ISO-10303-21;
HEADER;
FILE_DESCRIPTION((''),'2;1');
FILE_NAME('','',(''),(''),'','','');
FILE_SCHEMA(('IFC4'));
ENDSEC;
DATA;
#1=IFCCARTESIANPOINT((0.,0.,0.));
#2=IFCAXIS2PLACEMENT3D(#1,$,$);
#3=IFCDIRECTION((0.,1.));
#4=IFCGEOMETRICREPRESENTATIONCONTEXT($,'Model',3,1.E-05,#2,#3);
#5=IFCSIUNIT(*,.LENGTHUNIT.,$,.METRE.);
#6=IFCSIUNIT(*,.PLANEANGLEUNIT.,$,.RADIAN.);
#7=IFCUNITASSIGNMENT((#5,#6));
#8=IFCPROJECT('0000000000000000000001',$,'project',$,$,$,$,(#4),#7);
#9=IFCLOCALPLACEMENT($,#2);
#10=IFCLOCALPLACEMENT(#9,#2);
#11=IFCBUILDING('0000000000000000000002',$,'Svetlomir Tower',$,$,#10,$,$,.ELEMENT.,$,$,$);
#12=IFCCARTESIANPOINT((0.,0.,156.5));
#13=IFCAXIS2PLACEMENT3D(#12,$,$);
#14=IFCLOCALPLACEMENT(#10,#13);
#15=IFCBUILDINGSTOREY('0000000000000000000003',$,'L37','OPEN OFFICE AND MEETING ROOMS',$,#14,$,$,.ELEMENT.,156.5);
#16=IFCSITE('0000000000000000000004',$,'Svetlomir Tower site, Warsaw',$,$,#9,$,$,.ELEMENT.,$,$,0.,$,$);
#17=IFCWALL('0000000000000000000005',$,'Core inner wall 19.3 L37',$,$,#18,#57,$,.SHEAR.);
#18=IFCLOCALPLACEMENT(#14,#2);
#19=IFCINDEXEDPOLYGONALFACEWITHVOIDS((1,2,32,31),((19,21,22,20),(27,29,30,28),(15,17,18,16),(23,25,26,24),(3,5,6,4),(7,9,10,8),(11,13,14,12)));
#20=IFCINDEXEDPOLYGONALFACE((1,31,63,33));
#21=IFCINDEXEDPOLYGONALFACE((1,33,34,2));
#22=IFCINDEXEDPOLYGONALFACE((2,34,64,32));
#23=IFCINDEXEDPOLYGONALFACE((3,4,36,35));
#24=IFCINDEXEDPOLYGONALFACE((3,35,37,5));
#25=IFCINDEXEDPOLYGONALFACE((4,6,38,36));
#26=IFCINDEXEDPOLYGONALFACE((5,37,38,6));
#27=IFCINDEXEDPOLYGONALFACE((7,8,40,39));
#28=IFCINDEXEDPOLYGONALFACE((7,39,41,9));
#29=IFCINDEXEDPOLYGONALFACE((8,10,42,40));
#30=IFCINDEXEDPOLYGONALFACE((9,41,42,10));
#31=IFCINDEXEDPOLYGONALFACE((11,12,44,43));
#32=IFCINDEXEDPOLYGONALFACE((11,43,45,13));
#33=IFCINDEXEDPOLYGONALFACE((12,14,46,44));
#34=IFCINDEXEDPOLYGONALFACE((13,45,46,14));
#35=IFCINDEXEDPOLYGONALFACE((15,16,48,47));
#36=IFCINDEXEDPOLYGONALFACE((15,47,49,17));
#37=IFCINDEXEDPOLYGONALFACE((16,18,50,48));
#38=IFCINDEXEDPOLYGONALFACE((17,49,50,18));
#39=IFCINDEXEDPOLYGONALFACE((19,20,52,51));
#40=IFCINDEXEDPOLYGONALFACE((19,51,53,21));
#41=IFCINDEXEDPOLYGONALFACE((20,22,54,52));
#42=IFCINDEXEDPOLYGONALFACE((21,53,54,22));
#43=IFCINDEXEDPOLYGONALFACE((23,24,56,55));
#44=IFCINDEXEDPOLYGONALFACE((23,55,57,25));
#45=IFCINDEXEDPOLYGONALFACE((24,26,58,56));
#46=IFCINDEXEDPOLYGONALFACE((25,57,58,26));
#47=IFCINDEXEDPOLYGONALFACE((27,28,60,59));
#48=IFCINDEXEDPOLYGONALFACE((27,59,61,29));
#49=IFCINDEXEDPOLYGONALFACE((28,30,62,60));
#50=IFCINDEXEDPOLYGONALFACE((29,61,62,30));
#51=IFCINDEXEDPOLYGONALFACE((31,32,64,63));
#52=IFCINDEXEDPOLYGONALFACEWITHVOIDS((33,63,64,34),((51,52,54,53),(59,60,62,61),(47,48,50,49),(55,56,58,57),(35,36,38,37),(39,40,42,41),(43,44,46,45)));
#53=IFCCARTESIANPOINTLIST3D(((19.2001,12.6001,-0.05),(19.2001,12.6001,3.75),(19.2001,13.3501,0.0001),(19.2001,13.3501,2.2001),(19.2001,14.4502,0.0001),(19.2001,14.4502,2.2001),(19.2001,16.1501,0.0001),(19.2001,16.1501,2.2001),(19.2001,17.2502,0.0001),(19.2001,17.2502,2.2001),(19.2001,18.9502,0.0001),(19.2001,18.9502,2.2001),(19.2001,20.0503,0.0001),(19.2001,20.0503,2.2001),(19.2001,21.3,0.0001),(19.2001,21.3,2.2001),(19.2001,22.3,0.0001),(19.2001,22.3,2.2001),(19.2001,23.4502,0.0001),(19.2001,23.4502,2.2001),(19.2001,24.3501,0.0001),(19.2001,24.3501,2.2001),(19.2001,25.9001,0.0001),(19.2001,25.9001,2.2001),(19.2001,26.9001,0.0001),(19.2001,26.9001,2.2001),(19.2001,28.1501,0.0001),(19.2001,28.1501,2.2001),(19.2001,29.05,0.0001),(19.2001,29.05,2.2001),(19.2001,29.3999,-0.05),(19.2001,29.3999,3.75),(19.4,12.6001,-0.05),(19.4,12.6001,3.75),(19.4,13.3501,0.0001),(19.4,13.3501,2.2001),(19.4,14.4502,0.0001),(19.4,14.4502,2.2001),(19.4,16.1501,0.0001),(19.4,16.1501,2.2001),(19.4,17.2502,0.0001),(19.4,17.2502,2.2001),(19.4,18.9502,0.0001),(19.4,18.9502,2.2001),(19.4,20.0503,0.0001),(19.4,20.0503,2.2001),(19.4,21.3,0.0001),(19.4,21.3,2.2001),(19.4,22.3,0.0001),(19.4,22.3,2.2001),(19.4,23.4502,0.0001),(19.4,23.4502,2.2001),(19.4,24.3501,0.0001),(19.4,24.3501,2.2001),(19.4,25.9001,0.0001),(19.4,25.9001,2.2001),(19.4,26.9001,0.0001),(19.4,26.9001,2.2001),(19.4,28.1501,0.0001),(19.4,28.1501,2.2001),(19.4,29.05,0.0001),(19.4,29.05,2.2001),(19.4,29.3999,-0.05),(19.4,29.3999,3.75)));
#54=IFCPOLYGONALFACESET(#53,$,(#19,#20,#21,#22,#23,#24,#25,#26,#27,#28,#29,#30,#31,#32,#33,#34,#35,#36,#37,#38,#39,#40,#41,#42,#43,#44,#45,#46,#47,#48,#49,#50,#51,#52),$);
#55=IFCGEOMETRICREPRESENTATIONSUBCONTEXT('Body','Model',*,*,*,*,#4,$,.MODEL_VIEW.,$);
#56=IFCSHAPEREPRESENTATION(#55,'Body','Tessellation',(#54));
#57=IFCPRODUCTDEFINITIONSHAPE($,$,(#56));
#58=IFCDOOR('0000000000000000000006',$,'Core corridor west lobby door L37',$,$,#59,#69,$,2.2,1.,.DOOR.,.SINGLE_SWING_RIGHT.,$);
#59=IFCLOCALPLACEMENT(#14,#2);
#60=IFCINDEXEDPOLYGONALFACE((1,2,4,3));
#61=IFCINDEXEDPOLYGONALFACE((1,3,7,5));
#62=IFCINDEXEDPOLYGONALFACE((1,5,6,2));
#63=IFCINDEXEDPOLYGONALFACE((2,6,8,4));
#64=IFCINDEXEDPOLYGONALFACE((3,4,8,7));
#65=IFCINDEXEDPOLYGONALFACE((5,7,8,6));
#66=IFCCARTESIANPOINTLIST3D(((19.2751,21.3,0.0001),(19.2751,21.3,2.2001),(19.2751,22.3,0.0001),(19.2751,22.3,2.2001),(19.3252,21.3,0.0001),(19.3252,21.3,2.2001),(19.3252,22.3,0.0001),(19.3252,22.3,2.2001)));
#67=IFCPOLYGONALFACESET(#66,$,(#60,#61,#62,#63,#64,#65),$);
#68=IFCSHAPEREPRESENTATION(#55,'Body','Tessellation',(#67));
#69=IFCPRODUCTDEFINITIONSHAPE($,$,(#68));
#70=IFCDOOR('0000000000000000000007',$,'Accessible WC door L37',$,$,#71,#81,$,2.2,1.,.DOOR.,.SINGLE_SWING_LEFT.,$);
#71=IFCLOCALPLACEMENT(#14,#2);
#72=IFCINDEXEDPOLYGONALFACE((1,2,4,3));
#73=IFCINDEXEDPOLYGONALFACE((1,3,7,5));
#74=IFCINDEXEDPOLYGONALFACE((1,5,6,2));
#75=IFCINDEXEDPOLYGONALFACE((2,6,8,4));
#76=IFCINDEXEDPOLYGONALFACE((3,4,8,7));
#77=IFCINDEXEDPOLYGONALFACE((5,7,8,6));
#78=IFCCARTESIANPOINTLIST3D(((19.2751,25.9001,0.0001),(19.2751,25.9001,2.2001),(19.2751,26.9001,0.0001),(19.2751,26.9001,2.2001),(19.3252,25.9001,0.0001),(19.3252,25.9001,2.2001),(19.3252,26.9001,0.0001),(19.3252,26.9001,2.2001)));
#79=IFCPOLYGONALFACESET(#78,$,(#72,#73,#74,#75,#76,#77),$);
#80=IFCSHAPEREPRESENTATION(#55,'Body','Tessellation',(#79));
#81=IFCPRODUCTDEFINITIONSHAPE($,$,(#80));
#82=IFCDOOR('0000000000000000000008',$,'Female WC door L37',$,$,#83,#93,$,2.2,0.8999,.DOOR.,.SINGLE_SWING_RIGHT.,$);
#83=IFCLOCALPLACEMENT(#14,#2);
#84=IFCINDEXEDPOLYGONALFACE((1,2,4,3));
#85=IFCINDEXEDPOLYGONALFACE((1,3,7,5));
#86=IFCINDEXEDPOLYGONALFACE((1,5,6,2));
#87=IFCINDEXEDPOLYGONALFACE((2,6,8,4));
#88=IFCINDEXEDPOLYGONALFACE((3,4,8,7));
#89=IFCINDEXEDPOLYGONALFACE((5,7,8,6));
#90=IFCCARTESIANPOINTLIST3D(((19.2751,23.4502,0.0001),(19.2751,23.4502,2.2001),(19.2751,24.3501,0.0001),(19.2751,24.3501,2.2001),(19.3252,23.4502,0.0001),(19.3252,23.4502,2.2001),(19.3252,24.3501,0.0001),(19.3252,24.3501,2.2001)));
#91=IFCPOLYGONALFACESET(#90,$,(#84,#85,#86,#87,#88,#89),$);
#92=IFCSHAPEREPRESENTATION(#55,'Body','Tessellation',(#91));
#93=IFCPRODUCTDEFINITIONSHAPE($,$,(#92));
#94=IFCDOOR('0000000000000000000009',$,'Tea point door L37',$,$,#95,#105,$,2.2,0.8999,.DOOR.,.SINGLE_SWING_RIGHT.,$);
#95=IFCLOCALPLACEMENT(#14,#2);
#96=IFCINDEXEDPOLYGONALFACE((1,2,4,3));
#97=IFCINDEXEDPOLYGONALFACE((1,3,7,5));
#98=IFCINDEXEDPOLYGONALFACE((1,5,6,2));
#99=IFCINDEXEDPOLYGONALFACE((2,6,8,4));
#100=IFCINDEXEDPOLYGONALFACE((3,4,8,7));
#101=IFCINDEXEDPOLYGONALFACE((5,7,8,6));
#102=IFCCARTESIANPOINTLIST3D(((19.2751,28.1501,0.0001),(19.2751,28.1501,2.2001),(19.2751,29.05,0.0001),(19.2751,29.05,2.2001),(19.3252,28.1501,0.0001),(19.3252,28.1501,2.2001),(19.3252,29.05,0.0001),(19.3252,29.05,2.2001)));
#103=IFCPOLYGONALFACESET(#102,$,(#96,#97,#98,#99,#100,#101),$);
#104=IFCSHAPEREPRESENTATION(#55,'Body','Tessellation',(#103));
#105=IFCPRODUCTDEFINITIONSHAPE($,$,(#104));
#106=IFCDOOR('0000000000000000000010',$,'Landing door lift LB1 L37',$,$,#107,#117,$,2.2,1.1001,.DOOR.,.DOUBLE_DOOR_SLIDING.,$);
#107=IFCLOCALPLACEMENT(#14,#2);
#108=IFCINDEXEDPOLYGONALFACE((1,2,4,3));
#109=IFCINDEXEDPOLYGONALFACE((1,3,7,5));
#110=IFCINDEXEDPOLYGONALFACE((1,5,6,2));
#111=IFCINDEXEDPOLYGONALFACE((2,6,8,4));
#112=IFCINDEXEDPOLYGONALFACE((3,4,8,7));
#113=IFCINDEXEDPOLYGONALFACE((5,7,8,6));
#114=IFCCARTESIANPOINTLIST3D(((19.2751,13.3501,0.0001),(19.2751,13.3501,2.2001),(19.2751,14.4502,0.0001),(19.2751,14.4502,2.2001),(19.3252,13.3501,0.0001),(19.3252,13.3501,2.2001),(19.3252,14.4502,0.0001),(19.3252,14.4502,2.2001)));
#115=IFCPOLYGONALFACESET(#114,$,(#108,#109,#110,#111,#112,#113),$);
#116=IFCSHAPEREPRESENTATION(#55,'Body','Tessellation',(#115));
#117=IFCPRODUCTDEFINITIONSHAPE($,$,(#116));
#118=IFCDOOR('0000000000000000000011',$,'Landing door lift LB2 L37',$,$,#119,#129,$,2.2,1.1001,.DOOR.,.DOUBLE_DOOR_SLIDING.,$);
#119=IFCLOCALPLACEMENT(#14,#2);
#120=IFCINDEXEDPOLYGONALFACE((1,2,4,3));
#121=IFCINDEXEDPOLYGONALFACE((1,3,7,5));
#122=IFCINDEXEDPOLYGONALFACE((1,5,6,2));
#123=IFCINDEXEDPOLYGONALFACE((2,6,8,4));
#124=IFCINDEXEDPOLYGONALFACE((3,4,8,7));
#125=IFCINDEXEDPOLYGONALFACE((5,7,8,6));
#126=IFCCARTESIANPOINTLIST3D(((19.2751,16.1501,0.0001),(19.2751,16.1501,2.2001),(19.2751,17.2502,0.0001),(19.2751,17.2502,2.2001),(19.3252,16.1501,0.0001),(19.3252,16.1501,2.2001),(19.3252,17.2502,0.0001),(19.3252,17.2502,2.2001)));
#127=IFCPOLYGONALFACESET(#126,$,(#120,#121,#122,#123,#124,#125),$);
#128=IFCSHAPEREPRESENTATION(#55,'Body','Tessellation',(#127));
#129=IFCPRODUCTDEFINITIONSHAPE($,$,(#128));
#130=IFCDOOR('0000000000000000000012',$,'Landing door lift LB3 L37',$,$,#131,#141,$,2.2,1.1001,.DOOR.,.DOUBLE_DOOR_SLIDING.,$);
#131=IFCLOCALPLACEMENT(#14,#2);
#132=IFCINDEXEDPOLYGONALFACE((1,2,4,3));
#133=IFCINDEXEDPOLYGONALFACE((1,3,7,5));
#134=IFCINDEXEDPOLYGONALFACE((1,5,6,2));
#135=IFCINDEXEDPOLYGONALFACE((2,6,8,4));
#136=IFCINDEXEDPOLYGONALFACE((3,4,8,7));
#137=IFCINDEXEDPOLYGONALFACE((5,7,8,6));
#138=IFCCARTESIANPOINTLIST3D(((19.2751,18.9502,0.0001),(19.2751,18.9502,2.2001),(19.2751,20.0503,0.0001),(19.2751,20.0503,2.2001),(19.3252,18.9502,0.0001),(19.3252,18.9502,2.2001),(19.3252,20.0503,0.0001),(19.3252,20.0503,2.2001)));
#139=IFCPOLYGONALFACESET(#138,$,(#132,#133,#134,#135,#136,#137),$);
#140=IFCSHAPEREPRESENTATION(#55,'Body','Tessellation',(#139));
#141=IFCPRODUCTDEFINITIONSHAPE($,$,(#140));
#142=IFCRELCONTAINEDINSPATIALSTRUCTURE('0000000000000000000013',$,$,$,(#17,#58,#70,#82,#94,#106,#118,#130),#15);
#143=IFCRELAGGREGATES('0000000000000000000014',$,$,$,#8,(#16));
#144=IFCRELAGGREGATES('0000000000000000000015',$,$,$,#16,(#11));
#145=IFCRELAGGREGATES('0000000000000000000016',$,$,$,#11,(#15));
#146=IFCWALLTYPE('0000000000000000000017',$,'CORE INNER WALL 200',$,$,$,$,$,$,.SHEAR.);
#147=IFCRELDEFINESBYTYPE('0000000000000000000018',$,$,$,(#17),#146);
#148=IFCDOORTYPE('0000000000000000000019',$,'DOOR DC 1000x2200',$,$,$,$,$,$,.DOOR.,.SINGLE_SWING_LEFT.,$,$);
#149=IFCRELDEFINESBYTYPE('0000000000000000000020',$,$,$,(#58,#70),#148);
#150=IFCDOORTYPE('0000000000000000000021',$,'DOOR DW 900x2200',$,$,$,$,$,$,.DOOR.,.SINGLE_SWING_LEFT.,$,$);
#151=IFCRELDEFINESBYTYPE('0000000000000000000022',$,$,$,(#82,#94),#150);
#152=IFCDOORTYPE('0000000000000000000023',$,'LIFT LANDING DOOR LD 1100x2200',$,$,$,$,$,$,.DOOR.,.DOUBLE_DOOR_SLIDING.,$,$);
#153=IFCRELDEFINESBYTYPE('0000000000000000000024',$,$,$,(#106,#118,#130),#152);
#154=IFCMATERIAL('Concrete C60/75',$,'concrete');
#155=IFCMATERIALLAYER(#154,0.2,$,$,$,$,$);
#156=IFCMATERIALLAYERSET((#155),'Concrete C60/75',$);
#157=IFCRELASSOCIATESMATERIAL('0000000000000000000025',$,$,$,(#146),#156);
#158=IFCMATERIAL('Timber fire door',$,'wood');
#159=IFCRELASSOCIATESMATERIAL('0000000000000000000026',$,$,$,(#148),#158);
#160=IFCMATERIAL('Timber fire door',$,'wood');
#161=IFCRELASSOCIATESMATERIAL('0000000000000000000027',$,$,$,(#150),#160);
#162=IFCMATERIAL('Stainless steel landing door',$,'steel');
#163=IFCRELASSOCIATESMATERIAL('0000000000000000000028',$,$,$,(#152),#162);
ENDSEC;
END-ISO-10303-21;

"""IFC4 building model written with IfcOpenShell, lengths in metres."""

from ifc_helpers import new_model, si_unit, direction, frame, frame_2d, origin, place, context, subcontext, project, spatial, rectangle, extrude, material, layer, layer_set, type_object, element, fill, save


model = new_model("IFC4")

# Units and contexts
model_context = context("Model", 3, precision=1e-05, world=origin(), true_north=direction((0.0, 1.0)))
body_context = subcontext(model_context, "Body", "Model", "MODEL_VIEW")
ifc_project = project(units=[si_unit("LENGTHUNIT", "METRE"), si_unit("PLANEANGLEUNIT", "RADIAN")], contexts=[model_context])

# Site, building, storey
site_placement = place(None, origin())
site = spatial("IfcSite", under=ifc_project, at=site_placement, Name="Svetlomir Tower site, Warsaw", CompositionType="ELEMENT", RefElevation=0.0)
building_placement = place(site_placement, origin())
building = spatial("IfcBuilding", under=site, at=building_placement, Name="Svetlomir Tower", CompositionType="ELEMENT")
storey_placement = place(building_placement, frame((0.0, 0.0, 156.5)))
storey = spatial("IfcBuildingStorey", under=building, at=storey_placement, Name="L37", Description="OPEN OFFICE AND MEETING ROOMS", CompositionType="ELEMENT", Elevation=156.5)

# Wall, openings, doors
ifc_material_1 = material(Name="Concrete C60/75", Category="concrete")
ifc_layer_1 = layer(ifc_material_1, 0.2)
ifc_layer_set_1 = layer_set([ifc_layer_1], Name="Concrete C60/75")
wall_type_1 = type_object("IfcWallType", Name="CORE INNER WALL 200", PredefinedType="SHEAR", material=ifc_layer_set_1)
wall_1_placement = place(storey_placement, frame((19.3, 12.6001, -0.05), z_axis=(0.0, 0.0, 1.0), x_axis=(0.0, 1.0, 0.0)))
wall_1 = element("IfcWall", 1, at=wall_1_placement, inside=storey, type_object=wall_type_1, Name="Core inner wall 19.3 L37", PredefinedType="SHEAR", context=body_context, shape_type="SweptSolid", body=[
    extrude(rectangle(XDim=16.7998, YDim=0.2, at=frame_2d((8.3999, 0.0))), origin(), (0.0, 0.0, 1.0), 3.8),
])
opening_1_placement = place(wall_1_placement, frame((8.7, 0.0, 0.05)))
opening_1 = element("IfcOpeningElement", 2, at=opening_1_placement, cuts=wall_1, PredefinedType="OPENING", context=body_context, shape_type="SweptSolid", body=[
    extrude(rectangle(XDim=1.0, YDim=2.2, at=frame_2d((0.5, 1.1001))), frame((0.0, 0.1099, 0.0), z_axis=(0.0, -1.0, 0.0), x_axis=(1.0, 0.0, 0.0)), (0.0, 0.0, 1.0), 0.22),
])
opening_2_placement = place(wall_1_placement, frame((10.8501, 0.0, 0.05)))
opening_2 = element("IfcOpeningElement", 3, at=opening_2_placement, cuts=wall_1, PredefinedType="OPENING", context=body_context, shape_type="SweptSolid", body=[
    extrude(rectangle(XDim=0.8999, YDim=2.2, at=frame_2d((0.45, 1.1001))), frame((0.0, 0.1099, 0.0), z_axis=(0.0, -1.0, 0.0), x_axis=(1.0, 0.0, 0.0)), (0.0, 0.0, 1.0), 0.22),
])
opening_3_placement = place(wall_1_placement, frame((13.3, 0.0, 0.05)))
opening_3 = element("IfcOpeningElement", 4, at=opening_3_placement, cuts=wall_1, PredefinedType="OPENING", context=body_context, shape_type="SweptSolid", body=[
    extrude(rectangle(XDim=1.0, YDim=2.2, at=frame_2d((0.5, 1.1001))), frame((0.0, 0.1099, 0.0), z_axis=(0.0, -1.0, 0.0), x_axis=(1.0, 0.0, 0.0)), (0.0, 0.0, 1.0), 0.22),
])
opening_4_placement = place(wall_1_placement, frame((15.55, 0.0, 0.05)))
opening_4 = element("IfcOpeningElement", 5, at=opening_4_placement, cuts=wall_1, PredefinedType="OPENING", context=body_context, shape_type="SweptSolid", body=[
    extrude(rectangle(XDim=0.8999, YDim=2.2, at=frame_2d((0.45, 1.1001))), frame((0.0, 0.1099, 0.0), z_axis=(0.0, -1.0, 0.0), x_axis=(1.0, 0.0, 0.0)), (0.0, 0.0, 1.0), 0.22),
])
opening_5_placement = place(wall_1_placement, frame((0.75, 0.0, 0.05)))
opening_5 = element("IfcOpeningElement", 6, at=opening_5_placement, cuts=wall_1, PredefinedType="OPENING", context=body_context, shape_type="SweptSolid", body=[
    extrude(rectangle(XDim=1.1001, YDim=2.2, at=frame_2d((0.55, 1.1001))), frame((0.0, 0.1099, 0.0), z_axis=(0.0, -1.0, 0.0), x_axis=(1.0, 0.0, 0.0)), (0.0, 0.0, 1.0), 0.22),
])
opening_6_placement = place(wall_1_placement, frame((3.55, 0.0, 0.05)))
opening_6 = element("IfcOpeningElement", 7, at=opening_6_placement, cuts=wall_1, PredefinedType="OPENING", context=body_context, shape_type="SweptSolid", body=[
    extrude(rectangle(XDim=1.1001, YDim=2.2, at=frame_2d((0.55, 1.1001))), frame((0.0, 0.1099, 0.0), z_axis=(0.0, -1.0, 0.0), x_axis=(1.0, 0.0, 0.0)), (0.0, 0.0, 1.0), 0.22),
])
opening_7_placement = place(wall_1_placement, frame((6.3501, 0.0, 0.05)))
opening_7 = element("IfcOpeningElement", 8, at=opening_7_placement, cuts=wall_1, PredefinedType="OPENING", context=body_context, shape_type="SweptSolid", body=[
    extrude(rectangle(XDim=1.1001, YDim=2.2, at=frame_2d((0.55, 1.1001))), frame((0.0, 0.1099, 0.0), z_axis=(0.0, -1.0, 0.0), x_axis=(1.0, 0.0, 0.0)), (0.0, 0.0, 1.0), 0.22),
])
ifc_material_2 = material(Name="Timber fire door", Category="wood")
door_type_1 = type_object("IfcDoorType", Name="DOOR DC 1000x2200", OperationType="SINGLE_SWING_LEFT", PredefinedType="DOOR", material=ifc_material_2)
door_1_placement = place(opening_1_placement, origin())
door_1 = element("IfcDoor", 9, at=door_1_placement, inside=storey, type_object=door_type_1, Name="Core corridor west lobby door L37", OperationType="SINGLE_SWING_RIGHT", OverallHeight=2.2, OverallWidth=1.0, PredefinedType="DOOR", context=body_context, shape_type="SweptSolid", body=[
    extrude(rectangle(XDim=1.0, YDim=2.2, at=frame_2d((0.5, 1.1001))), frame((0.0, 0.0249, 0.0), z_axis=(0.0, -1.0, 0.0), x_axis=(1.0, 0.0, 0.0)), (0.0, 0.0, 1.0), 0.05),
])
fill(opening_1, door_1)
door_2_placement = place(opening_3_placement, origin())
door_2 = element("IfcDoor", 10, at=door_2_placement, inside=storey, type_object=door_type_1, Name="Accessible WC door L37", OperationType="SINGLE_SWING_LEFT", OverallHeight=2.2, OverallWidth=1.0, PredefinedType="DOOR", context=body_context, shape_type="SweptSolid", body=[
    extrude(rectangle(XDim=1.0, YDim=2.2, at=frame_2d((0.5, 1.1001))), frame((0.0, 0.0249, 0.0), z_axis=(0.0, -1.0, 0.0), x_axis=(1.0, 0.0, 0.0)), (0.0, 0.0, 1.0), 0.05),
])
fill(opening_3, door_2)
ifc_material_3 = material(Name="Timber fire door", Category="wood")
door_type_2 = type_object("IfcDoorType", Name="DOOR DW 900x2200", OperationType="SINGLE_SWING_LEFT", PredefinedType="DOOR", material=ifc_material_3)
door_3_placement = place(opening_2_placement, origin())
door_3 = element("IfcDoor", 11, at=door_3_placement, inside=storey, type_object=door_type_2, Name="Female WC door L37", OperationType="SINGLE_SWING_RIGHT", OverallHeight=2.2, OverallWidth=0.8999, PredefinedType="DOOR", context=body_context, shape_type="SweptSolid", body=[
    extrude(rectangle(XDim=0.8999, YDim=2.2, at=frame_2d((0.45, 1.1001))), frame((0.0, 0.0249, 0.0), z_axis=(0.0, -1.0, 0.0), x_axis=(1.0, 0.0, 0.0)), (0.0, 0.0, 1.0), 0.05),
])
fill(opening_2, door_3)
door_4_placement = place(opening_4_placement, origin())
door_4 = element("IfcDoor", 12, at=door_4_placement, inside=storey, type_object=door_type_2, Name="Tea point door L37", OperationType="SINGLE_SWING_RIGHT", OverallHeight=2.2, OverallWidth=0.8999, PredefinedType="DOOR", context=body_context, shape_type="SweptSolid", body=[
    extrude(rectangle(XDim=0.8999, YDim=2.2, at=frame_2d((0.45, 1.1001))), frame((0.0, 0.0249, 0.0), z_axis=(0.0, -1.0, 0.0), x_axis=(1.0, 0.0, 0.0)), (0.0, 0.0, 1.0), 0.05),
])
fill(opening_4, door_4)
ifc_material_4 = material(Name="Stainless steel landing door", Category="steel")
door_type_3 = type_object("IfcDoorType", Name="LIFT LANDING DOOR LD 1100x2200", OperationType="DOUBLE_DOOR_SLIDING", PredefinedType="DOOR", material=ifc_material_4)
door_5_placement = place(opening_5_placement, origin())
door_5 = element("IfcDoor", 13, at=door_5_placement, inside=storey, type_object=door_type_3, Name="Landing door lift LB1 L37", OperationType="DOUBLE_DOOR_SLIDING", OverallHeight=2.2, OverallWidth=1.1001, PredefinedType="DOOR", context=body_context, shape_type="SweptSolid", body=[
    extrude(rectangle(XDim=1.1001, YDim=2.2, at=frame_2d((0.55, 1.1001))), frame((0.0, 0.0249, 0.0), z_axis=(0.0, -1.0, 0.0), x_axis=(1.0, 0.0, 0.0)), (0.0, 0.0, 1.0), 0.05),
])
fill(opening_5, door_5)
door_6_placement = place(opening_6_placement, origin())
door_6 = element("IfcDoor", 14, at=door_6_placement, inside=storey, type_object=door_type_3, Name="Landing door lift LB2 L37", OperationType="DOUBLE_DOOR_SLIDING", OverallHeight=2.2, OverallWidth=1.1001, PredefinedType="DOOR", context=body_context, shape_type="SweptSolid", body=[
    extrude(rectangle(XDim=1.1001, YDim=2.2, at=frame_2d((0.55, 1.1001))), frame((0.0, 0.0249, 0.0), z_axis=(0.0, -1.0, 0.0), x_axis=(1.0, 0.0, 0.0)), (0.0, 0.0, 1.0), 0.05),
])
fill(opening_6, door_6)
door_7_placement = place(opening_7_placement, origin())
door_7 = element("IfcDoor", 15, at=door_7_placement, inside=storey, type_object=door_type_3, Name="Landing door lift LB3 L37", OperationType="DOUBLE_DOOR_SLIDING", OverallHeight=2.2, OverallWidth=1.1001, PredefinedType="DOOR", context=body_context, shape_type="SweptSolid", body=[
    extrude(rectangle(XDim=1.1001, YDim=2.2, at=frame_2d((0.55, 1.1001))), frame((0.0, 0.0249, 0.0), z_axis=(0.0, -1.0, 0.0), x_axis=(1.0, 0.0, 0.0)), (0.0, 0.0, 1.0), 0.05),
])
fill(opening_7, door_7)

save(model, "model.ifc")
